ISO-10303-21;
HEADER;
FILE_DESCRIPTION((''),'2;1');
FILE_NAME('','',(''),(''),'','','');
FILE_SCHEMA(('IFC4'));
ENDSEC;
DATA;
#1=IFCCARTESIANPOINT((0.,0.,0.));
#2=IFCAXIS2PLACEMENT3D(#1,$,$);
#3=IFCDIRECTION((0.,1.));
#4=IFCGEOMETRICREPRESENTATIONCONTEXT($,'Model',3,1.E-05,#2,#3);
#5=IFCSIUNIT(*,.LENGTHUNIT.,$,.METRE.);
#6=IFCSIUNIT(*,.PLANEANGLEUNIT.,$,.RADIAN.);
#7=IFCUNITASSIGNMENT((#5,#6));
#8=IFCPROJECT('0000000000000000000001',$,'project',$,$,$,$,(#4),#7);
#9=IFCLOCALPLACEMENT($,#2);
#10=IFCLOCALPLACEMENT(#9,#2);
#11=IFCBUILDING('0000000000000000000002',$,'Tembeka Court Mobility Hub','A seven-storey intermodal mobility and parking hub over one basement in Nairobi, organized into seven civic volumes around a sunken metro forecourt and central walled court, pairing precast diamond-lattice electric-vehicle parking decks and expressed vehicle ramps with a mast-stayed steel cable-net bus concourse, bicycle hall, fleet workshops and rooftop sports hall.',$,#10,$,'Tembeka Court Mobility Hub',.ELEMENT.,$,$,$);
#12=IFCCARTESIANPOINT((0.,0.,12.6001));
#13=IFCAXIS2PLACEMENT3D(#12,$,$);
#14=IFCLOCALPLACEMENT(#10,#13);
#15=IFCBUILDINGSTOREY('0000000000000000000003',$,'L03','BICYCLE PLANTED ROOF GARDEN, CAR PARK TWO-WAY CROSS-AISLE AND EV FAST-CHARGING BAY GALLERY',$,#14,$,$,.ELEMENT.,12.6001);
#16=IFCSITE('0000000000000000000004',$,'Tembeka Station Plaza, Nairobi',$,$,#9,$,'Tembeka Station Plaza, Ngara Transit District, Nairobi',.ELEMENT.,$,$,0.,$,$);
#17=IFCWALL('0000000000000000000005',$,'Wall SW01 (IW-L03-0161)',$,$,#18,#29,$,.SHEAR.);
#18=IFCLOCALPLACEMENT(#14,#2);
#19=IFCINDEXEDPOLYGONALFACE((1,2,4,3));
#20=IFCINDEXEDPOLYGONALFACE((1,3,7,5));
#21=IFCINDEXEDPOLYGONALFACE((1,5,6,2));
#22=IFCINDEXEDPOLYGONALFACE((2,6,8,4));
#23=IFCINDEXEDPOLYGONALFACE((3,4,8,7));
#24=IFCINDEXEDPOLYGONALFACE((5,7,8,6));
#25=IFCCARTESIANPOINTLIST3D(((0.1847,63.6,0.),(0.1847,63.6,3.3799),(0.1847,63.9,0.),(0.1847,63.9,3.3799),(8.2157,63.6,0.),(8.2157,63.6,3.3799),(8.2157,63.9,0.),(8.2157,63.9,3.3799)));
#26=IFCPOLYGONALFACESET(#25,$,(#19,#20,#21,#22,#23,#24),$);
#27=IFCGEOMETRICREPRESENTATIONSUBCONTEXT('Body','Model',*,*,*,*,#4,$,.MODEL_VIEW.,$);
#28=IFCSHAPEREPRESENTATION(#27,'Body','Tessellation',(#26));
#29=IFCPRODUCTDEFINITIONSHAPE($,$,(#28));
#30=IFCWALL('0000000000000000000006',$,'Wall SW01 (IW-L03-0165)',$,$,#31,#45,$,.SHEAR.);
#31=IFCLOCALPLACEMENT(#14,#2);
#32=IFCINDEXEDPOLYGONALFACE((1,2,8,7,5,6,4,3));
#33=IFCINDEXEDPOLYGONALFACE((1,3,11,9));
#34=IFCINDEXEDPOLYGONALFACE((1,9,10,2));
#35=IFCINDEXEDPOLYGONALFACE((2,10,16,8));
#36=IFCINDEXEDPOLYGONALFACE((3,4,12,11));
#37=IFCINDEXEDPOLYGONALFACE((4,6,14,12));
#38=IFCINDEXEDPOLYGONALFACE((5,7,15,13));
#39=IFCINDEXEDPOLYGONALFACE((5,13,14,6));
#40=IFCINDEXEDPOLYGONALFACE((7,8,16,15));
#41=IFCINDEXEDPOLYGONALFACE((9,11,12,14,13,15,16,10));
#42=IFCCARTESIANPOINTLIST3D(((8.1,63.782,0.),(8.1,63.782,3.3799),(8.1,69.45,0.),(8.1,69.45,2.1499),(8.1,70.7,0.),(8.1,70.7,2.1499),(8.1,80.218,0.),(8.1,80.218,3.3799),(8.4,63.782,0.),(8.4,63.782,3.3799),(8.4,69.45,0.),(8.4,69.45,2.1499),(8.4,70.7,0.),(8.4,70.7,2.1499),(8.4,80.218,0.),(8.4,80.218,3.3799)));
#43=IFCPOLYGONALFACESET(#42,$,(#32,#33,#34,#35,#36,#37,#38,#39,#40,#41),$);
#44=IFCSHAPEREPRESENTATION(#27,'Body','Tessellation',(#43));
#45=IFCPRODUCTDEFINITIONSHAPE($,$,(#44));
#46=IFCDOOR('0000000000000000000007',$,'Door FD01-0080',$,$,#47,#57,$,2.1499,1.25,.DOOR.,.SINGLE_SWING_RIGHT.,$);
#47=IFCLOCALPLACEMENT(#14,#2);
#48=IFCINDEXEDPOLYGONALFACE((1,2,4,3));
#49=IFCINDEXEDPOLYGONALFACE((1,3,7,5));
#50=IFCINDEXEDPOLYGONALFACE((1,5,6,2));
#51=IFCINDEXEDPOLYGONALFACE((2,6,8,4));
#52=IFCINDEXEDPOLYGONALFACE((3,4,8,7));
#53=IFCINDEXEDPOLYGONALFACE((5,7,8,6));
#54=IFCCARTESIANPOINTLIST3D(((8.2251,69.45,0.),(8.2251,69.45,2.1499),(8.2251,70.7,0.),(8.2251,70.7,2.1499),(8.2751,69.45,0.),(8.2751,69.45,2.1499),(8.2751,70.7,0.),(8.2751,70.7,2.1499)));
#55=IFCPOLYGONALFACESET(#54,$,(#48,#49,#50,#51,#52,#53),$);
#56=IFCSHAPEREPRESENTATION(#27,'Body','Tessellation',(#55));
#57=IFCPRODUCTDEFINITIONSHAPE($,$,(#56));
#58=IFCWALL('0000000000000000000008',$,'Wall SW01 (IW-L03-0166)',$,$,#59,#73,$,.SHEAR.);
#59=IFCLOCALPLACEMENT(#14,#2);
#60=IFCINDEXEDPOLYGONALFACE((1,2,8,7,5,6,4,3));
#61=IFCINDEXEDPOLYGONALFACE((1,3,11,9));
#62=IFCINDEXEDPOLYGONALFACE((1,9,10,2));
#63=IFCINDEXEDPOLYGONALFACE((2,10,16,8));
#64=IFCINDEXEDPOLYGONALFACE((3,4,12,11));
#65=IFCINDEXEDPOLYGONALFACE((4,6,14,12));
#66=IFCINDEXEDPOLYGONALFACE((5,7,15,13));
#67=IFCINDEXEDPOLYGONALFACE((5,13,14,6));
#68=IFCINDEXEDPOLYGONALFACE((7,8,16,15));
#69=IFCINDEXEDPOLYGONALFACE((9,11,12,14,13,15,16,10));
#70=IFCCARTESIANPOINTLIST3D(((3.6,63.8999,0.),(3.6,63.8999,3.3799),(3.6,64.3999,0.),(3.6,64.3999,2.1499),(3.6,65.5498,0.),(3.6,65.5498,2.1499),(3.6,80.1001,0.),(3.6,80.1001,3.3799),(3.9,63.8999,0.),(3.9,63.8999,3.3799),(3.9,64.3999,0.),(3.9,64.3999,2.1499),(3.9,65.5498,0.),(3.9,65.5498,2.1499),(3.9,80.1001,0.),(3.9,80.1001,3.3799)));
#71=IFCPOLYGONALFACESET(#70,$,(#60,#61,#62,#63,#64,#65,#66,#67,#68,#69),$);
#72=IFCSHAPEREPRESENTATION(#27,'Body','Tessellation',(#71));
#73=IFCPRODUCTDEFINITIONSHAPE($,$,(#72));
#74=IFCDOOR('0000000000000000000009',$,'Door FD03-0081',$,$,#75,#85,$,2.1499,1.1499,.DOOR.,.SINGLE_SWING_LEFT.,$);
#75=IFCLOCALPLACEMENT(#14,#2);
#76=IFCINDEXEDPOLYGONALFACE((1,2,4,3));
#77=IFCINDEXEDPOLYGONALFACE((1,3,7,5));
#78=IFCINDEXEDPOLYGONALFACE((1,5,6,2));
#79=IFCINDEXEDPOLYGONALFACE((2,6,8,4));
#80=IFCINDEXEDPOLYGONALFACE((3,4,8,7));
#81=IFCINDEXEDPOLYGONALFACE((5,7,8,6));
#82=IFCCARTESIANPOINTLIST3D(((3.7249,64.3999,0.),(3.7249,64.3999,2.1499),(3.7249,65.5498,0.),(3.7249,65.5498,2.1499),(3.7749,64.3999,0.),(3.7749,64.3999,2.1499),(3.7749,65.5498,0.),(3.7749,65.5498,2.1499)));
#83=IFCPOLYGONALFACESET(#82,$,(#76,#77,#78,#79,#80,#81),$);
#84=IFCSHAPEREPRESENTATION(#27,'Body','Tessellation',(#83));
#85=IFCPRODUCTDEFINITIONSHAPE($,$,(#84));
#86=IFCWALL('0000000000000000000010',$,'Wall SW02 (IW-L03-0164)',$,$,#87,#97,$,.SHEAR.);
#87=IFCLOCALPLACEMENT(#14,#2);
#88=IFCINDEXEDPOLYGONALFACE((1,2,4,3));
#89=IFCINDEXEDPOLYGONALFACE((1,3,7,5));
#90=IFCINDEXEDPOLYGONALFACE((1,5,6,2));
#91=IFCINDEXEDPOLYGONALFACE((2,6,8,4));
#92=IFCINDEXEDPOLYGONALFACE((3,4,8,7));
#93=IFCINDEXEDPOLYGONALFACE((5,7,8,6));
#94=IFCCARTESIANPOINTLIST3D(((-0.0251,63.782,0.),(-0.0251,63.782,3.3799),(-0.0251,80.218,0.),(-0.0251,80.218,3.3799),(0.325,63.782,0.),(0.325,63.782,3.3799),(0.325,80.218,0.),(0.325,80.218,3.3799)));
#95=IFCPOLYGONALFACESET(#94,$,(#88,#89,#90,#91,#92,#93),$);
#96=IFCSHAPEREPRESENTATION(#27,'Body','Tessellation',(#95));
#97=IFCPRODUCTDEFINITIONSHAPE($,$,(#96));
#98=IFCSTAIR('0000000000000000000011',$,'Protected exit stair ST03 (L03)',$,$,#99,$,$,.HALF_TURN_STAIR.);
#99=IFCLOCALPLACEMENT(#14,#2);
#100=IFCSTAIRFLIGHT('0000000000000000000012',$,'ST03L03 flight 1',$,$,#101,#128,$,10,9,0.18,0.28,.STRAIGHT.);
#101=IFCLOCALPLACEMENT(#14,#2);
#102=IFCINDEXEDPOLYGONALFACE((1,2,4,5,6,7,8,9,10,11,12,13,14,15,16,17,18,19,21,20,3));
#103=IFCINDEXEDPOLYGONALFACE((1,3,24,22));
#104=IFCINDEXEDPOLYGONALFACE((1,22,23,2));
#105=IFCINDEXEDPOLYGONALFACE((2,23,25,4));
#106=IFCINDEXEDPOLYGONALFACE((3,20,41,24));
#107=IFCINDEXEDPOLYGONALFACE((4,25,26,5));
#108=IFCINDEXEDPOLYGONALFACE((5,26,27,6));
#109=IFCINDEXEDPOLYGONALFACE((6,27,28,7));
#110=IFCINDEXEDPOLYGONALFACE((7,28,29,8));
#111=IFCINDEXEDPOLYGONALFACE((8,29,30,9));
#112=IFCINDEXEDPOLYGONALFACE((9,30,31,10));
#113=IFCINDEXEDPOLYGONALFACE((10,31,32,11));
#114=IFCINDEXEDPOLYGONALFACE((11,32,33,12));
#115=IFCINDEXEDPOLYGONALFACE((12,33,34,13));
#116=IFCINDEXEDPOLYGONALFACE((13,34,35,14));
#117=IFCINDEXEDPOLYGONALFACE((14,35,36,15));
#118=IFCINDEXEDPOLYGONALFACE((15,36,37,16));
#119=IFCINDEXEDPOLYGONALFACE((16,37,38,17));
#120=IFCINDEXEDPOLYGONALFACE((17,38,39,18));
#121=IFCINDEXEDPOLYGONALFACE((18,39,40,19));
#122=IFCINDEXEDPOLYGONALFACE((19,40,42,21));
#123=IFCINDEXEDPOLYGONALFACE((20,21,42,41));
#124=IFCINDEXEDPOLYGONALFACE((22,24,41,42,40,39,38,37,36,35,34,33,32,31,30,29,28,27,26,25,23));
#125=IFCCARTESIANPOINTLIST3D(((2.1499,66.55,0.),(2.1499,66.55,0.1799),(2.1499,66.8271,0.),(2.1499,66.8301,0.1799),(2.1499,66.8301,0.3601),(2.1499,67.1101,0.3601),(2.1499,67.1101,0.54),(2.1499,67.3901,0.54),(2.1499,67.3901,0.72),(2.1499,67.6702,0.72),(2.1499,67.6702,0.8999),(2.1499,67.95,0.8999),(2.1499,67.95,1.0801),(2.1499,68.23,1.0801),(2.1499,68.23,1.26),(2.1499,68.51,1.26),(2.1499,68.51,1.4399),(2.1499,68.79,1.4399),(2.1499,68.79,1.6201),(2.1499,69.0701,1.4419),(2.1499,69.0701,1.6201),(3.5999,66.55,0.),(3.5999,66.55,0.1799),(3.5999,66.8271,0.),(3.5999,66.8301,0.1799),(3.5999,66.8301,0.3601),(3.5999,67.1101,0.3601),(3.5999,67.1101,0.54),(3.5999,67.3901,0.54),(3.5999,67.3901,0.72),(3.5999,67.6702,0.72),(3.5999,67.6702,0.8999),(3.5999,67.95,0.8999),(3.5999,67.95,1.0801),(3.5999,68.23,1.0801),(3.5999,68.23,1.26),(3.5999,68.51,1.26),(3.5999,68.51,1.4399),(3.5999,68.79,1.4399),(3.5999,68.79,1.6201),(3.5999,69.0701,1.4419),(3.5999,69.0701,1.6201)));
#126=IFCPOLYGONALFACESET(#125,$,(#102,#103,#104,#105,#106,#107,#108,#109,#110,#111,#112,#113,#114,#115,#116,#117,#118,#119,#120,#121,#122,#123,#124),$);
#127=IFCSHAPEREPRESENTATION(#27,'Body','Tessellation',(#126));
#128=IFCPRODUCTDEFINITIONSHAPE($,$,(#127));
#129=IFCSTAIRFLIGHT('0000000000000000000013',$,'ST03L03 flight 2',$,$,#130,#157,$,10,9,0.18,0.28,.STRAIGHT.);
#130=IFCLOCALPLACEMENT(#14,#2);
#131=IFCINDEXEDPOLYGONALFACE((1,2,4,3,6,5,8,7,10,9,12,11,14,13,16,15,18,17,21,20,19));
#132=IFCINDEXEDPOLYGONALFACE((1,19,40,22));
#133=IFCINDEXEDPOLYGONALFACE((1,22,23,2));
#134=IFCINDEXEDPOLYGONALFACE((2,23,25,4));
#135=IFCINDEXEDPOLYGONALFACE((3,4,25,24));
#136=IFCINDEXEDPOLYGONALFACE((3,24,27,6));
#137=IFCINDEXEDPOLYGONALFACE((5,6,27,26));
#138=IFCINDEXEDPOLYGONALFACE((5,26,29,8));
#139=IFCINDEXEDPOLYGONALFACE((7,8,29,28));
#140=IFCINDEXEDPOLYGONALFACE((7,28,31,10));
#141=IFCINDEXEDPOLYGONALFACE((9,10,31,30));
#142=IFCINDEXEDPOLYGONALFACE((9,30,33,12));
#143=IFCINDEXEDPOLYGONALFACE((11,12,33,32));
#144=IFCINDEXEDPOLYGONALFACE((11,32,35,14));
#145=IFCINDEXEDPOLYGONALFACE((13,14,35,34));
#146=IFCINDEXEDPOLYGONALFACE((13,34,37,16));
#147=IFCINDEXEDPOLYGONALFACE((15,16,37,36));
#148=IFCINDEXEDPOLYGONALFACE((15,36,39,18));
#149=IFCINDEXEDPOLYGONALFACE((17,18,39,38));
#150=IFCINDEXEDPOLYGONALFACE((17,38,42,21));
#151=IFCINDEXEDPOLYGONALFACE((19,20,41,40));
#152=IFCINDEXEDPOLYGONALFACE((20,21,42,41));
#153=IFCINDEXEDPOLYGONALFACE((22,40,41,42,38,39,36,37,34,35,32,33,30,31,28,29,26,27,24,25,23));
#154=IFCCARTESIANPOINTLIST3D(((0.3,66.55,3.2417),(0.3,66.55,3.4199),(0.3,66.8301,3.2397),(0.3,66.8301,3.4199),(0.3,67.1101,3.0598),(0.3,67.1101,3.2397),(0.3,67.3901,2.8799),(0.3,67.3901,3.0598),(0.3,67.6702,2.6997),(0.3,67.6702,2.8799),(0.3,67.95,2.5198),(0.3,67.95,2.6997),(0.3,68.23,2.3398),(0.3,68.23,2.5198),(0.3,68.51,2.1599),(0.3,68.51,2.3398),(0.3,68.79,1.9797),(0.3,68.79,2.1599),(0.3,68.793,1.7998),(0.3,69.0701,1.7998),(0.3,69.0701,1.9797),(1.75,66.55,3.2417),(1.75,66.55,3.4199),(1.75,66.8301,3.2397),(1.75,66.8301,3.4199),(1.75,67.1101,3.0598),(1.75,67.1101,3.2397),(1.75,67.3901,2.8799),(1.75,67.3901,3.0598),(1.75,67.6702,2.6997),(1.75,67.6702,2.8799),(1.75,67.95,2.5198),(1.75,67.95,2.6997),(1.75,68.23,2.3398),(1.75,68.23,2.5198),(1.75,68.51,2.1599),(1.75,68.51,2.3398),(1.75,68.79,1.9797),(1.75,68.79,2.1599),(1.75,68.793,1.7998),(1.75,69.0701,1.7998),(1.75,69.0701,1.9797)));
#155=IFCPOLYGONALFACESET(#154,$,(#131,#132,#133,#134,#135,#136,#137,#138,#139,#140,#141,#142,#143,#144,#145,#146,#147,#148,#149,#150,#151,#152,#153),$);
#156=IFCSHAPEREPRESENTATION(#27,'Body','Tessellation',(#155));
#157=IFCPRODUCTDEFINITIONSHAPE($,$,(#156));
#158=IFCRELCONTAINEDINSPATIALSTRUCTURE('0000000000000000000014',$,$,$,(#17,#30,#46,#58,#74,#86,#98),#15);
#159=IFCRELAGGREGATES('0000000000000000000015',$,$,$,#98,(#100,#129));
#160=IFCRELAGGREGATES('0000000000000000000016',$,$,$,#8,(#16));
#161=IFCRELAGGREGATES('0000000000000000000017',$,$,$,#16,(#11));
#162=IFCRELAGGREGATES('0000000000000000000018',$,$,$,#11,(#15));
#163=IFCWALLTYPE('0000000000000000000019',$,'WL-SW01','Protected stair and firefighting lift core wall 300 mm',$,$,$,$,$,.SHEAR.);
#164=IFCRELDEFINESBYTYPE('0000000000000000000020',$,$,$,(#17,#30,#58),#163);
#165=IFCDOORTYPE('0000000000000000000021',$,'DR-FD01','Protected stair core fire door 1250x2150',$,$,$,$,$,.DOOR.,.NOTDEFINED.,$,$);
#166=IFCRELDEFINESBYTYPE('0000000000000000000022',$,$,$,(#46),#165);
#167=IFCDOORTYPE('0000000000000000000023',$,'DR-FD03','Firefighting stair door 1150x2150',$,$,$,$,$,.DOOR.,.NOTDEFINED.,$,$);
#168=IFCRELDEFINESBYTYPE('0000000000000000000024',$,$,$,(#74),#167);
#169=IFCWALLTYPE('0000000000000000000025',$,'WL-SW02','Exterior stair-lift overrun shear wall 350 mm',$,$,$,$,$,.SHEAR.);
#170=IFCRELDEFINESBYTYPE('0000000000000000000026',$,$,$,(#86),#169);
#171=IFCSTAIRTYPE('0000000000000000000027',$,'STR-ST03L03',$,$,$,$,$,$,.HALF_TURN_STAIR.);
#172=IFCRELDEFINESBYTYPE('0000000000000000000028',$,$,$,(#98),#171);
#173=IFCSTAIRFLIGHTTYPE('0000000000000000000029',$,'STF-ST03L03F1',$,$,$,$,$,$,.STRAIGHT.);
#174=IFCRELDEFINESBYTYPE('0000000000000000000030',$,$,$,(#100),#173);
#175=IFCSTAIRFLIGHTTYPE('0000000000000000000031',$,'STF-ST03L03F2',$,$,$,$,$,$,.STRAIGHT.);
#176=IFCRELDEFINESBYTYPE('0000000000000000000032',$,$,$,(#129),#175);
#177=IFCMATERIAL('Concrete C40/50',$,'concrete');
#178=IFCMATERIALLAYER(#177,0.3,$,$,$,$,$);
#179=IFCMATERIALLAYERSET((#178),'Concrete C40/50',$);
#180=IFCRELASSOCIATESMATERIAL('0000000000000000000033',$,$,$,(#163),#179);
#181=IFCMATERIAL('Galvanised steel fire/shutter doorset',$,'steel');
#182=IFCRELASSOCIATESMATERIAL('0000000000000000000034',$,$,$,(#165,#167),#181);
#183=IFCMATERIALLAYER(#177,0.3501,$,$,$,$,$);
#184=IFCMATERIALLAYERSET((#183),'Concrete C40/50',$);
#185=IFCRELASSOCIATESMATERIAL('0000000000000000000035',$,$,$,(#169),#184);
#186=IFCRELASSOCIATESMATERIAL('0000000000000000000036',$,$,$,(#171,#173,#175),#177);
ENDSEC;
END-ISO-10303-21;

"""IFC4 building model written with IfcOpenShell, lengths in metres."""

from ifc_helpers import new_model, si_unit, direction, frame, frame_2d, origin, place, context, subcontext, project, spatial, polyline, rectangle, outline, extrude, material, layer, layer_set, type_object, element, fill, aggregate, save


model = new_model("IFC4")

# Units and contexts
model_context = context("Model", 3, precision=1e-05, world=origin(), true_north=direction((0.0, 1.0)))
body_context = subcontext(model_context, "Body", "Model", "MODEL_VIEW")
ifc_project = project(units=[si_unit("LENGTHUNIT", "METRE"), si_unit("PLANEANGLEUNIT", "RADIAN")], contexts=[model_context])

# Site, building, storey
site_placement = place(None, origin())
site = spatial("IfcSite", under=ifc_project, at=site_placement, Name="Tembeka Station Plaza, Nairobi", LongName="Tembeka Station Plaza, Ngara Transit District, Nairobi", CompositionType="ELEMENT", RefElevation=0.0)
building_placement = place(site_placement, origin())
building = spatial("IfcBuilding", under=site, at=building_placement, Name="Tembeka Court Mobility Hub", Description="A seven-storey intermodal mobility and parking hub over one basement in Nairobi, organized into seven civic volumes around a sunken metro forecourt and central walled court, pairing precast diamond-lattice electric-vehicle parking decks and expressed vehicle ramps with a mast-stayed steel cable-net bus concourse, bicycle hall, fleet workshops and rooftop sports hall.", LongName="Tembeka Court Mobility Hub", CompositionType="ELEMENT")
storey_placement = place(building_placement, frame((0.0, 0.0, 12.6001)))
storey = spatial("IfcBuildingStorey", under=building, at=storey_placement, Name="L03", Description="BICYCLE PLANTED ROOF GARDEN, CAR PARK TWO-WAY CROSS-AISLE AND EV FAST-CHARGING BAY GALLERY", CompositionType="ELEMENT", Elevation=12.6001)

# Wall
ifc_material_1 = material(Name="Concrete C40/50", Category="concrete")
ifc_layer_1 = layer(ifc_material_1, 0.3)
ifc_layer_set_1 = layer_set([ifc_layer_1], Name="Concrete C40/50")
wall_type_1 = type_object("IfcWallType", Name="WL-SW01", Description="Protected stair and firefighting lift core wall 300 mm", PredefinedType="SHEAR", material=ifc_layer_set_1)
wall_1_placement = place(storey_placement, frame((0.1846, 63.75, 0.0), z_axis=(0.0, 0.0, 1.0), x_axis=(1.0, 0.0, 0.0)))
element("IfcWall", 1, at=wall_1_placement, inside=storey, type_object=wall_type_1, Name="Wall SW01 (IW-L03-0161)", PredefinedType="SHEAR", context=body_context, shape_type="SweptSolid", body=[
    extrude(rectangle(XDim=8.031, YDim=0.3, at=frame_2d((4.0156, 0.0))), origin(), (0.0, 0.0, 1.0), 3.3799),
])

# Walls, openings, doors
wall_2_placement = place(storey_placement, frame((8.25, 63.782, 0.0), z_axis=(0.0, 0.0, 1.0), x_axis=(0.0, 1.0, 0.0)))
wall_2 = element("IfcWall", 2, at=wall_2_placement, inside=storey, type_object=wall_type_1, Name="Wall SW01 (IW-L03-0165)", PredefinedType="SHEAR", context=body_context, shape_type="SweptSolid", body=[
    extrude(rectangle(XDim=16.436, YDim=0.3, at=frame_2d((8.218, 0.0))), origin(), (0.0, 0.0, 1.0), 3.3799),
])
opening_1_placement = place(wall_2_placement, frame((5.668, 0.0, 0.0)))
opening_1 = element("IfcOpeningElement", 3, at=opening_1_placement, cuts=wall_2, PredefinedType="OPENING", context=body_context, shape_type="SweptSolid", body=[
    extrude(rectangle(XDim=1.25, YDim=2.1499, at=frame_2d((0.625, 1.075))), frame((0.0, 0.1602, 0.0), z_axis=(0.0, -1.0, 0.0), x_axis=(1.0, 0.0, 0.0)), (0.0, 0.0, 1.0), 0.3201),
])
ifc_material_2 = material(Name="Galvanised steel fire/shutter doorset", Category="steel")
door_type_1 = type_object("IfcDoorType", Name="DR-FD01", Description="Protected stair core fire door 1250x2150", OperationType="NOTDEFINED", PredefinedType="DOOR", material=ifc_material_2)
door_1_placement = place(opening_1_placement, origin())
door_1 = element("IfcDoor", 4, at=door_1_placement, inside=storey, type_object=door_type_1, Name="Door FD01-0080", OperationType="SINGLE_SWING_RIGHT", OverallHeight=2.1499, OverallWidth=1.25, PredefinedType="DOOR", context=body_context, shape_type="SweptSolid", body=[
    extrude(rectangle(XDim=1.25, YDim=2.1499, at=frame_2d((0.625, 1.075))), frame((0.0, 0.0249, 0.0), z_axis=(0.0, -1.0, 0.0), x_axis=(1.0, 0.0, 0.0)), (0.0, 0.0, 1.0), 0.05),
])
fill(opening_1, door_1)
wall_3_placement = place(storey_placement, frame((3.75, 63.8999, 0.0), z_axis=(0.0, 0.0, 1.0), x_axis=(0.0, 1.0, 0.0)))
wall_3 = element("IfcWall", 5, at=wall_3_placement, inside=storey, type_object=wall_type_1, Name="Wall SW01 (IW-L03-0166)", PredefinedType="SHEAR", context=body_context, shape_type="SweptSolid", body=[
    extrude(rectangle(XDim=16.2002, YDim=0.3, at=frame_2d((8.1001, 0.0))), origin(), (0.0, 0.0, 1.0), 3.3799),
])
opening_2_placement = place(wall_3_placement, frame((0.5, 0.0, 0.0)))
opening_2 = element("IfcOpeningElement", 6, at=opening_2_placement, cuts=wall_3, PredefinedType="OPENING", context=body_context, shape_type="SweptSolid", body=[
    extrude(rectangle(XDim=1.1499, YDim=2.1499, at=frame_2d((0.575, 1.075))), frame((0.0, 0.1602, 0.0), z_axis=(0.0, -1.0, 0.0), x_axis=(1.0, 0.0, 0.0)), (0.0, 0.0, 1.0), 0.3201),
])
door_type_2 = type_object("IfcDoorType", Name="DR-FD03", Description="Firefighting stair door 1150x2150", OperationType="NOTDEFINED", PredefinedType="DOOR", material=ifc_material_2)
door_2_placement = place(opening_2_placement, frame((1.1499, 0.0, 0.0), z_axis=(0.0, 0.0, 1.0), x_axis=(-1.0, 0.0, 0.0)))
door_2 = element("IfcDoor", 7, at=door_2_placement, inside=storey, type_object=door_type_2, Name="Door FD03-0081", OperationType="SINGLE_SWING_LEFT", OverallHeight=2.1499, OverallWidth=1.1499, PredefinedType="DOOR", context=body_context, shape_type="SweptSolid", body=[
    extrude(rectangle(XDim=1.1499, YDim=2.1499, at=frame_2d((0.575, 1.075))), frame((0.0, 0.0249, 0.0), z_axis=(0.0, -1.0, 0.0), x_axis=(1.0, 0.0, 0.0)), (0.0, 0.0, 1.0), 0.05),
])
fill(opening_2, door_2)

# Wall
ifc_layer_2 = layer(ifc_material_1, 0.3501)
ifc_layer_set_2 = layer_set([ifc_layer_2], Name="Concrete C40/50")
wall_type_2 = type_object("IfcWallType", Name="WL-SW02", Description="Exterior stair-lift overrun shear wall 350 mm", PredefinedType="SHEAR", material=ifc_layer_set_2)
wall_4_placement = place(storey_placement, frame((0.1499, 63.782, 0.0), z_axis=(0.0, 0.0, 1.0), x_axis=(0.0, 1.0, 0.0)))
element("IfcWall", 8, at=wall_4_placement, inside=storey, type_object=wall_type_2, Name="Wall SW02 (IW-L03-0164)", PredefinedType="SHEAR", context=body_context, shape_type="SweptSolid", body=[
    extrude(rectangle(XDim=16.436, YDim=0.3501, at=frame_2d((8.218, 0.0))), origin(), (0.0, 0.0, 1.0), 3.3799),
])

# Stair, stair flights
stair_type = type_object("IfcStairType", Name="STR-ST03L03", PredefinedType="HALF_TURN_STAIR", material=ifc_material_1)
stair_placement = place(storey_placement, origin())
stair = element("IfcStair", 9, at=stair_placement, inside=storey, type_object=stair_type, Name="Protected exit stair ST03 (L03)", PredefinedType="HALF_TURN_STAIR")
stair_flight_type_1 = type_object("IfcStairFlightType", Name="STF-ST03L03F1", PredefinedType="STRAIGHT", material=ifc_material_1)
stair_flight_1_placement = place(storey_placement, frame((2.875, 66.55, 0.0), z_axis=(0.0, 0.0, 1.0), x_axis=(0.0, 1.0, 0.0)))
stair_flight_1 = element("IfcStairFlight", 10, at=stair_flight_1_placement, type_object=stair_flight_type_1, Name="ST03L03 flight 1", NumberOfRisers=10, NumberOfTreads=9, PredefinedType="STRAIGHT", RiserHeight=0.18, TreadLength=0.28, context=body_context, shape_type="SweptSolid", body=[
    extrude(outline(polyline([(0.0, 0.0), (0.0, 0.1799), (0.28, 0.1799), (0.28, 0.3601), (0.5601, 0.3601), (0.5601, 0.54), (0.8401, 0.54), (0.8401, 0.72), (1.1201, 0.72), (1.1201, 0.8999), (1.3999, 0.8999), (1.3999, 1.0801), (1.6799, 1.0801), (1.6799, 1.26), (1.96, 1.26), (1.96, 1.4399), (2.24, 1.4399), (2.24, 1.6201), (2.52, 1.6201), (2.52, 1.8), (2.52, 1.4419), (0.2771, 0.0), (0.0, 0.0)])), frame((0.0, 0.7251, 0.0), z_axis=(0.0, -1.0, 0.0), x_axis=(1.0, 0.0, 0.0)), (0.0, 0.0, 1.0), 1.45),
])
stair_flight_type_2 = type_object("IfcStairFlightType", Name="STF-ST03L03F2", PredefinedType="STRAIGHT", material=ifc_material_1)
stair_flight_2_placement = place(storey_placement, frame((1.0249, 69.0701, 1.7998), z_axis=(0.0, 0.0, 1.0), x_axis=(0.0, -1.0, 0.0)))
stair_flight_2 = element("IfcStairFlight", 11, at=stair_flight_2_placement, type_object=stair_flight_type_2, Name="ST03L03 flight 2", NumberOfRisers=10, NumberOfTreads=9, PredefinedType="STRAIGHT", RiserHeight=0.18, TreadLength=0.28, context=body_context, shape_type="SweptSolid", body=[
    extrude(outline(polyline([(0.0, 0.0), (0.0, 0.1799), (0.28, 0.1799), (0.28, 0.3601), (0.5601, 0.3601), (0.5601, 0.54), (0.8401, 0.54), (0.8401, 0.72), (1.1201, 0.72), (1.1201, 0.8999), (1.3999, 0.8999), (1.3999, 1.0801), (1.6799, 1.0801), (1.6799, 1.26), (1.96, 1.26), (1.96, 1.4399), (2.24, 1.4399), (2.24, 1.6201), (2.52, 1.6201), (2.52, 1.8), (2.52, 1.4419), (0.2771, 0.0), (0.0, 0.0)])), frame((0.0, 0.7251, 0.0), z_axis=(0.0, -1.0, 0.0), x_axis=(1.0, 0.0, 0.0)), (0.0, 0.0, 1.0), 1.45),
])
aggregate(stair, [stair_flight_1, stair_flight_2])

save(model, "model.ifc")
